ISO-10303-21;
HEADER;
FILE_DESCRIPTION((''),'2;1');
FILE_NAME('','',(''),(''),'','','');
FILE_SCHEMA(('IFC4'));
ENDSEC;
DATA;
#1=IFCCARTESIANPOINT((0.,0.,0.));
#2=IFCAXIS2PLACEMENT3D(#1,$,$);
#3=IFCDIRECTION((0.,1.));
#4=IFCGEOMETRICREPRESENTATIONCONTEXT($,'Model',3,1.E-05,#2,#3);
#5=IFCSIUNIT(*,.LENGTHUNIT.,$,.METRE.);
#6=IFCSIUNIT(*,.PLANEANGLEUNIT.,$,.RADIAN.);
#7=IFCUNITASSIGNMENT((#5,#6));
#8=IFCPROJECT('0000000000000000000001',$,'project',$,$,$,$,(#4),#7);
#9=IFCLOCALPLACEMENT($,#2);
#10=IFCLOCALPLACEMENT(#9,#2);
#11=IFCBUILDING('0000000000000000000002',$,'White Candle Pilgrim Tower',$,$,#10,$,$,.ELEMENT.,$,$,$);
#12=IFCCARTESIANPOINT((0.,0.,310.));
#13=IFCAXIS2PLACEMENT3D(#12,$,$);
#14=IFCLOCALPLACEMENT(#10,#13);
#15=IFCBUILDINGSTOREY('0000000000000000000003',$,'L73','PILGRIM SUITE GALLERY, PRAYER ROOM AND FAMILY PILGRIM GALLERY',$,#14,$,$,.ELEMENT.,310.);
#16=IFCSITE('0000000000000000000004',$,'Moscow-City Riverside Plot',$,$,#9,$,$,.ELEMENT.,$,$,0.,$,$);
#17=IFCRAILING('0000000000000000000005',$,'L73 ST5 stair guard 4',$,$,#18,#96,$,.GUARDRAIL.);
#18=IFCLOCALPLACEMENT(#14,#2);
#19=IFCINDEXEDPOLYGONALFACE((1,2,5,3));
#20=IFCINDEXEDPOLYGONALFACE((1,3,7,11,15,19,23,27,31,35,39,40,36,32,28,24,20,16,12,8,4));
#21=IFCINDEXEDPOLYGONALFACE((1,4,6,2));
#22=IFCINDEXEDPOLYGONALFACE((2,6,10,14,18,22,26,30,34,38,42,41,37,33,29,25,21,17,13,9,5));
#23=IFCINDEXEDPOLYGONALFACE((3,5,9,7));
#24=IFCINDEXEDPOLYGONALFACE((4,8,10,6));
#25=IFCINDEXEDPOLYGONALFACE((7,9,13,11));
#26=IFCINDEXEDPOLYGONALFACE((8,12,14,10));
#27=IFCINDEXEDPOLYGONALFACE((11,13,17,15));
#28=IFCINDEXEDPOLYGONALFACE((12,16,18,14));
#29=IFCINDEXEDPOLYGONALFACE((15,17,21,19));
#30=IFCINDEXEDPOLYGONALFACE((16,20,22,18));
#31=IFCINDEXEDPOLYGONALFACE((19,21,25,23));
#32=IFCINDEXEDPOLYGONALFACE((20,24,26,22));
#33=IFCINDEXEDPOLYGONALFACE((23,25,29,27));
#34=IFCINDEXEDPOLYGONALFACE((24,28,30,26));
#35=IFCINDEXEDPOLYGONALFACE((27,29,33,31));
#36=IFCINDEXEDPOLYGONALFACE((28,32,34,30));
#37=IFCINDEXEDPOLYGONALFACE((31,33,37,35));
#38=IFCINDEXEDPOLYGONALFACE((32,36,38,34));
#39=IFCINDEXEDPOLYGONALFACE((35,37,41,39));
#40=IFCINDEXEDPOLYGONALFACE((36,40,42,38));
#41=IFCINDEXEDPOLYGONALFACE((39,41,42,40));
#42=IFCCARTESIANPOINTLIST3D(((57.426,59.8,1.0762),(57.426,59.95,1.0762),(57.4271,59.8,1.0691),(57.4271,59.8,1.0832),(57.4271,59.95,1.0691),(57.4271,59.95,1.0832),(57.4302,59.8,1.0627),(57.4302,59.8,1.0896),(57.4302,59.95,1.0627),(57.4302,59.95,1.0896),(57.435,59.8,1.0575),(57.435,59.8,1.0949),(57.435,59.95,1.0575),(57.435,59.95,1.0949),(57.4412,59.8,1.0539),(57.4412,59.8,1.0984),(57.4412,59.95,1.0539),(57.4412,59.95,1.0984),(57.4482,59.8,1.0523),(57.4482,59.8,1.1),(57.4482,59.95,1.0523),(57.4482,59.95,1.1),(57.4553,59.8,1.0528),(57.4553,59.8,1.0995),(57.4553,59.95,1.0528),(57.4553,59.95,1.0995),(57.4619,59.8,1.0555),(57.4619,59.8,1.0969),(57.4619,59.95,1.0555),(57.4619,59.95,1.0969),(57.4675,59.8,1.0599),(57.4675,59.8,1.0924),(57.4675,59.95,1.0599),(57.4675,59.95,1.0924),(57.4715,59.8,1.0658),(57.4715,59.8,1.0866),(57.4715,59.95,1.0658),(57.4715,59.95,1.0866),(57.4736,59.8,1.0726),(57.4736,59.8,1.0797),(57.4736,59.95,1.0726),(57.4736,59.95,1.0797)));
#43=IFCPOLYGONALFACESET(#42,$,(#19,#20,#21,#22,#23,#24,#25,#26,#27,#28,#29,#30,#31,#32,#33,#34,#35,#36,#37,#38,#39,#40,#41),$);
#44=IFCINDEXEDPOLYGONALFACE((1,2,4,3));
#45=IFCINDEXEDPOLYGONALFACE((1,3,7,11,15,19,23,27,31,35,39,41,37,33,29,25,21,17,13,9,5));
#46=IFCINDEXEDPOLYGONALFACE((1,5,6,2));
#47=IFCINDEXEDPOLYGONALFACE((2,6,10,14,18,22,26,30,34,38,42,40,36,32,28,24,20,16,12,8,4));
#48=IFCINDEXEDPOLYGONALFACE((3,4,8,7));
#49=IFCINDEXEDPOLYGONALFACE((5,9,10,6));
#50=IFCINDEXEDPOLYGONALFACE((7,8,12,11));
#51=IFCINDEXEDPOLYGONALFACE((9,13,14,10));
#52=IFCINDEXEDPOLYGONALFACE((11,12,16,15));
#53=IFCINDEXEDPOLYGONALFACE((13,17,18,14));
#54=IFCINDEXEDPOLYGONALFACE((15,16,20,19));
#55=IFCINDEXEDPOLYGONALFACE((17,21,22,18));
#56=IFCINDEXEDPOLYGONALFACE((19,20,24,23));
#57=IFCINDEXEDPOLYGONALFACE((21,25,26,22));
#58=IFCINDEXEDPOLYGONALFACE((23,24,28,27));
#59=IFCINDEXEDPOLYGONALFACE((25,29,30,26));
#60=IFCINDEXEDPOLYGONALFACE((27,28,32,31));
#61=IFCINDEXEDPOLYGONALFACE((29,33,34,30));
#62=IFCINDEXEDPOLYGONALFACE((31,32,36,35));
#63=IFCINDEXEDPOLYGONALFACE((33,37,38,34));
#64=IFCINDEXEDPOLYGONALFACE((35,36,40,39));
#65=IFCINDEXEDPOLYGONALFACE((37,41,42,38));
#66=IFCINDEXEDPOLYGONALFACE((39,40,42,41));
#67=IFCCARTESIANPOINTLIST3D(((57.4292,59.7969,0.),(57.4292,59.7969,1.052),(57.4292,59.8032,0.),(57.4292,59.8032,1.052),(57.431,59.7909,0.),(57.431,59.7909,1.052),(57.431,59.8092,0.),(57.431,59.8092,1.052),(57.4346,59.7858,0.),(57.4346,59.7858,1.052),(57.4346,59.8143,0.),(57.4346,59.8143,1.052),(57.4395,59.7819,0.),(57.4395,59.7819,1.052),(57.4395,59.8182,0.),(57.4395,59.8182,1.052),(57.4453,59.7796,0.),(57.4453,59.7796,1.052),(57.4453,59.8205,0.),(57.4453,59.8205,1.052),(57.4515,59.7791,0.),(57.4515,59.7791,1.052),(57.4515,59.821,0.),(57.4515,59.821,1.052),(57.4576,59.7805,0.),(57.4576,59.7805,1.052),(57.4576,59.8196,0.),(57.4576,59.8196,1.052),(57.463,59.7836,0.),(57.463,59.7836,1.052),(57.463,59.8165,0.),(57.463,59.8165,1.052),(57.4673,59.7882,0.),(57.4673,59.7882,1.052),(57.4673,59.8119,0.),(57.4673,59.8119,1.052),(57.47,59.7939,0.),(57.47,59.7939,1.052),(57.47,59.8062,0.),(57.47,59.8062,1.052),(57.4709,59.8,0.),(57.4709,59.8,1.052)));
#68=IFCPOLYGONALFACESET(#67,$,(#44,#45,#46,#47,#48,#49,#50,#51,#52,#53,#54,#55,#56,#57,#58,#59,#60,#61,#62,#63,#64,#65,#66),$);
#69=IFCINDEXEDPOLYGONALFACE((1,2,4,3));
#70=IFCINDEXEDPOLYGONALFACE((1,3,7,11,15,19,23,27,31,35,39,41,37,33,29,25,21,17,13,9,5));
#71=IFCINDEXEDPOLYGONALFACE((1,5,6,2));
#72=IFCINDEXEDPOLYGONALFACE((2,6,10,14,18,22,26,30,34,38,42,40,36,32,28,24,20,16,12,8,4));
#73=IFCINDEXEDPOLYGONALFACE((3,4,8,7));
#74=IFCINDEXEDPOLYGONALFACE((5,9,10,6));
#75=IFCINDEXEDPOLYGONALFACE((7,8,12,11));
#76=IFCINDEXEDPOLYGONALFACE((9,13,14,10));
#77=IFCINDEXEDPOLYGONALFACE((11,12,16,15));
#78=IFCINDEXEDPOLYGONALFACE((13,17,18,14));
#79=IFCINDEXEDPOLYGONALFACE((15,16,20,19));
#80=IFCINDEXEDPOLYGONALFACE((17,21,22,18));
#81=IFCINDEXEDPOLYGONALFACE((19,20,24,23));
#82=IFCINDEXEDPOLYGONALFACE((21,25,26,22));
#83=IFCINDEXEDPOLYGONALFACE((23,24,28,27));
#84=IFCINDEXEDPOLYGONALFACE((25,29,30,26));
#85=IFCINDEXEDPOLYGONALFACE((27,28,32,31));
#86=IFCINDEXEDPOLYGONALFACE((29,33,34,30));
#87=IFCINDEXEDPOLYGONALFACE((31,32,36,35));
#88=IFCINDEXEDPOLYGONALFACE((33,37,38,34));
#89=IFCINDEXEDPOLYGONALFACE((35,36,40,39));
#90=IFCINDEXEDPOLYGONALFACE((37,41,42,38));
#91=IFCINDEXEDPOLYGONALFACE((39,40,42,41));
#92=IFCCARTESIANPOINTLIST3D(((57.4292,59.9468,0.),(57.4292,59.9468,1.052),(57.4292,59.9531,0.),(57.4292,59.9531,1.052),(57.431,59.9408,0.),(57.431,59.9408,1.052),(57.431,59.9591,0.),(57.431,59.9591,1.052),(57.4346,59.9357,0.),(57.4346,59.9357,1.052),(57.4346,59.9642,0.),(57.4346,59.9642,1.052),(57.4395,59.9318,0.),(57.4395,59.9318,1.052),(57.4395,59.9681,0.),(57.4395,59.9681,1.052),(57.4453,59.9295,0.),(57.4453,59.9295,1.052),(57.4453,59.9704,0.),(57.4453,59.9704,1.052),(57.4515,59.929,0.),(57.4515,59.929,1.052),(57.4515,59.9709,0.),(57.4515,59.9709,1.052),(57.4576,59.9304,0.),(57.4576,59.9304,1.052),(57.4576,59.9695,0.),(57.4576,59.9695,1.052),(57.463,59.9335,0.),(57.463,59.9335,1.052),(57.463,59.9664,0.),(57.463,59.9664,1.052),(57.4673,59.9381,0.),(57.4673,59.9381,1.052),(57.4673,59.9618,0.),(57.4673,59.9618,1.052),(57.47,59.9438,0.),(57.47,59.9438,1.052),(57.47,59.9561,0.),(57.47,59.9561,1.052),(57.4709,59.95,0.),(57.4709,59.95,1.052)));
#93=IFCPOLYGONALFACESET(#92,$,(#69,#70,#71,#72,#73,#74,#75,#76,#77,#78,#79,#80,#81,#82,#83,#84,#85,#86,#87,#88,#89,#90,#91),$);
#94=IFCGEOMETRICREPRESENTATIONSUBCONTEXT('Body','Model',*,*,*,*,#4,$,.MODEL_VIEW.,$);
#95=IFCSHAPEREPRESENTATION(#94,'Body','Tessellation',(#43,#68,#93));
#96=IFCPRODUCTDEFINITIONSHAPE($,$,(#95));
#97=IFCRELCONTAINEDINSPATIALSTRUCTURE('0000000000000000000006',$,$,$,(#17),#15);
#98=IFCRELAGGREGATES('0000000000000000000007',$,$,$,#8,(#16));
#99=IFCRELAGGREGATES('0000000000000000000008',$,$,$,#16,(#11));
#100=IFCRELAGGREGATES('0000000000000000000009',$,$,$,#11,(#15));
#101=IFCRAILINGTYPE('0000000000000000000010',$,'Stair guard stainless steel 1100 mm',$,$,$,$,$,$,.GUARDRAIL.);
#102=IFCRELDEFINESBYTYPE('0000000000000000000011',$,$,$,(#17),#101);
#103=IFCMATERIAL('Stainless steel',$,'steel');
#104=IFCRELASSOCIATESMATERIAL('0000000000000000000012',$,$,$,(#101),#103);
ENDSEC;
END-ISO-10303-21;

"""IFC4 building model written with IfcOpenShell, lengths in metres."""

from ifc_helpers import new_model, si_unit, direction, frame, origin, origin_2d, place, context, subcontext, project, spatial, circle, extrude, material, type_object, element, save


model = new_model("IFC4")

# Units and contexts
model_context = context("Model", 3, precision=1e-05, world=origin(), true_north=direction((0.0, 1.0)))
body_context = subcontext(model_context, "Body", "Model", "MODEL_VIEW")
ifc_project = project(units=[si_unit("LENGTHUNIT", "METRE"), si_unit("PLANEANGLEUNIT", "RADIAN")], contexts=[model_context])

# Site, building, storey
site_placement = place(None, origin())
site = spatial("IfcSite", under=ifc_project, at=site_placement, Name="Moscow-City Riverside Plot", CompositionType="ELEMENT", RefElevation=0.0)
building_placement = place(site_placement, origin())
building = spatial("IfcBuilding", under=site, at=building_placement, Name="White Candle Pilgrim Tower", CompositionType="ELEMENT")
storey_placement = place(building_placement, frame((0.0, 0.0, 310.0)))
storey = spatial("IfcBuildingStorey", under=building, at=storey_placement, Name="L73", Description="PILGRIM SUITE GALLERY, PRAYER ROOM AND FAMILY PILGRIM GALLERY", CompositionType="ELEMENT", Elevation=310.0)

# Railing
ifc_material_1 = material(Name="Stainless steel", Category="steel")
railing_type_1 = type_object("IfcRailingType", Name="Stair guard stainless steel 1100 mm", PredefinedType="GUARDRAIL", material=ifc_material_1)
railing_1_placement = place(storey_placement, frame((57.45, 59.8, 0.0)))
element("IfcRailing", 1, at=railing_1_placement, inside=storey, type_object=railing_type_1, Name="L73 ST5 stair guard 4", PredefinedType="GUARDRAIL", context=body_context, shape_type="SweptSolid", body=[
    extrude(circle(Radius=0.0239, at=origin_2d()), frame((0.0, 0.0, 1.0762), z_axis=(0.0, 1.0, 0.0), x_axis=(-1.0, 0.0, 0.0)), (0.0, 0.0, 1.0), 0.1499),
    extrude(circle(Radius=0.021, at=origin_2d()), origin(), (0.0, 0.0, 1.0), 1.052),
    extrude(circle(Radius=0.021, at=origin_2d()), frame((0.0, 0.1499, 0.0)), (0.0, 0.0, 1.0), 1.052),
])

save(model, "model.ifc")
